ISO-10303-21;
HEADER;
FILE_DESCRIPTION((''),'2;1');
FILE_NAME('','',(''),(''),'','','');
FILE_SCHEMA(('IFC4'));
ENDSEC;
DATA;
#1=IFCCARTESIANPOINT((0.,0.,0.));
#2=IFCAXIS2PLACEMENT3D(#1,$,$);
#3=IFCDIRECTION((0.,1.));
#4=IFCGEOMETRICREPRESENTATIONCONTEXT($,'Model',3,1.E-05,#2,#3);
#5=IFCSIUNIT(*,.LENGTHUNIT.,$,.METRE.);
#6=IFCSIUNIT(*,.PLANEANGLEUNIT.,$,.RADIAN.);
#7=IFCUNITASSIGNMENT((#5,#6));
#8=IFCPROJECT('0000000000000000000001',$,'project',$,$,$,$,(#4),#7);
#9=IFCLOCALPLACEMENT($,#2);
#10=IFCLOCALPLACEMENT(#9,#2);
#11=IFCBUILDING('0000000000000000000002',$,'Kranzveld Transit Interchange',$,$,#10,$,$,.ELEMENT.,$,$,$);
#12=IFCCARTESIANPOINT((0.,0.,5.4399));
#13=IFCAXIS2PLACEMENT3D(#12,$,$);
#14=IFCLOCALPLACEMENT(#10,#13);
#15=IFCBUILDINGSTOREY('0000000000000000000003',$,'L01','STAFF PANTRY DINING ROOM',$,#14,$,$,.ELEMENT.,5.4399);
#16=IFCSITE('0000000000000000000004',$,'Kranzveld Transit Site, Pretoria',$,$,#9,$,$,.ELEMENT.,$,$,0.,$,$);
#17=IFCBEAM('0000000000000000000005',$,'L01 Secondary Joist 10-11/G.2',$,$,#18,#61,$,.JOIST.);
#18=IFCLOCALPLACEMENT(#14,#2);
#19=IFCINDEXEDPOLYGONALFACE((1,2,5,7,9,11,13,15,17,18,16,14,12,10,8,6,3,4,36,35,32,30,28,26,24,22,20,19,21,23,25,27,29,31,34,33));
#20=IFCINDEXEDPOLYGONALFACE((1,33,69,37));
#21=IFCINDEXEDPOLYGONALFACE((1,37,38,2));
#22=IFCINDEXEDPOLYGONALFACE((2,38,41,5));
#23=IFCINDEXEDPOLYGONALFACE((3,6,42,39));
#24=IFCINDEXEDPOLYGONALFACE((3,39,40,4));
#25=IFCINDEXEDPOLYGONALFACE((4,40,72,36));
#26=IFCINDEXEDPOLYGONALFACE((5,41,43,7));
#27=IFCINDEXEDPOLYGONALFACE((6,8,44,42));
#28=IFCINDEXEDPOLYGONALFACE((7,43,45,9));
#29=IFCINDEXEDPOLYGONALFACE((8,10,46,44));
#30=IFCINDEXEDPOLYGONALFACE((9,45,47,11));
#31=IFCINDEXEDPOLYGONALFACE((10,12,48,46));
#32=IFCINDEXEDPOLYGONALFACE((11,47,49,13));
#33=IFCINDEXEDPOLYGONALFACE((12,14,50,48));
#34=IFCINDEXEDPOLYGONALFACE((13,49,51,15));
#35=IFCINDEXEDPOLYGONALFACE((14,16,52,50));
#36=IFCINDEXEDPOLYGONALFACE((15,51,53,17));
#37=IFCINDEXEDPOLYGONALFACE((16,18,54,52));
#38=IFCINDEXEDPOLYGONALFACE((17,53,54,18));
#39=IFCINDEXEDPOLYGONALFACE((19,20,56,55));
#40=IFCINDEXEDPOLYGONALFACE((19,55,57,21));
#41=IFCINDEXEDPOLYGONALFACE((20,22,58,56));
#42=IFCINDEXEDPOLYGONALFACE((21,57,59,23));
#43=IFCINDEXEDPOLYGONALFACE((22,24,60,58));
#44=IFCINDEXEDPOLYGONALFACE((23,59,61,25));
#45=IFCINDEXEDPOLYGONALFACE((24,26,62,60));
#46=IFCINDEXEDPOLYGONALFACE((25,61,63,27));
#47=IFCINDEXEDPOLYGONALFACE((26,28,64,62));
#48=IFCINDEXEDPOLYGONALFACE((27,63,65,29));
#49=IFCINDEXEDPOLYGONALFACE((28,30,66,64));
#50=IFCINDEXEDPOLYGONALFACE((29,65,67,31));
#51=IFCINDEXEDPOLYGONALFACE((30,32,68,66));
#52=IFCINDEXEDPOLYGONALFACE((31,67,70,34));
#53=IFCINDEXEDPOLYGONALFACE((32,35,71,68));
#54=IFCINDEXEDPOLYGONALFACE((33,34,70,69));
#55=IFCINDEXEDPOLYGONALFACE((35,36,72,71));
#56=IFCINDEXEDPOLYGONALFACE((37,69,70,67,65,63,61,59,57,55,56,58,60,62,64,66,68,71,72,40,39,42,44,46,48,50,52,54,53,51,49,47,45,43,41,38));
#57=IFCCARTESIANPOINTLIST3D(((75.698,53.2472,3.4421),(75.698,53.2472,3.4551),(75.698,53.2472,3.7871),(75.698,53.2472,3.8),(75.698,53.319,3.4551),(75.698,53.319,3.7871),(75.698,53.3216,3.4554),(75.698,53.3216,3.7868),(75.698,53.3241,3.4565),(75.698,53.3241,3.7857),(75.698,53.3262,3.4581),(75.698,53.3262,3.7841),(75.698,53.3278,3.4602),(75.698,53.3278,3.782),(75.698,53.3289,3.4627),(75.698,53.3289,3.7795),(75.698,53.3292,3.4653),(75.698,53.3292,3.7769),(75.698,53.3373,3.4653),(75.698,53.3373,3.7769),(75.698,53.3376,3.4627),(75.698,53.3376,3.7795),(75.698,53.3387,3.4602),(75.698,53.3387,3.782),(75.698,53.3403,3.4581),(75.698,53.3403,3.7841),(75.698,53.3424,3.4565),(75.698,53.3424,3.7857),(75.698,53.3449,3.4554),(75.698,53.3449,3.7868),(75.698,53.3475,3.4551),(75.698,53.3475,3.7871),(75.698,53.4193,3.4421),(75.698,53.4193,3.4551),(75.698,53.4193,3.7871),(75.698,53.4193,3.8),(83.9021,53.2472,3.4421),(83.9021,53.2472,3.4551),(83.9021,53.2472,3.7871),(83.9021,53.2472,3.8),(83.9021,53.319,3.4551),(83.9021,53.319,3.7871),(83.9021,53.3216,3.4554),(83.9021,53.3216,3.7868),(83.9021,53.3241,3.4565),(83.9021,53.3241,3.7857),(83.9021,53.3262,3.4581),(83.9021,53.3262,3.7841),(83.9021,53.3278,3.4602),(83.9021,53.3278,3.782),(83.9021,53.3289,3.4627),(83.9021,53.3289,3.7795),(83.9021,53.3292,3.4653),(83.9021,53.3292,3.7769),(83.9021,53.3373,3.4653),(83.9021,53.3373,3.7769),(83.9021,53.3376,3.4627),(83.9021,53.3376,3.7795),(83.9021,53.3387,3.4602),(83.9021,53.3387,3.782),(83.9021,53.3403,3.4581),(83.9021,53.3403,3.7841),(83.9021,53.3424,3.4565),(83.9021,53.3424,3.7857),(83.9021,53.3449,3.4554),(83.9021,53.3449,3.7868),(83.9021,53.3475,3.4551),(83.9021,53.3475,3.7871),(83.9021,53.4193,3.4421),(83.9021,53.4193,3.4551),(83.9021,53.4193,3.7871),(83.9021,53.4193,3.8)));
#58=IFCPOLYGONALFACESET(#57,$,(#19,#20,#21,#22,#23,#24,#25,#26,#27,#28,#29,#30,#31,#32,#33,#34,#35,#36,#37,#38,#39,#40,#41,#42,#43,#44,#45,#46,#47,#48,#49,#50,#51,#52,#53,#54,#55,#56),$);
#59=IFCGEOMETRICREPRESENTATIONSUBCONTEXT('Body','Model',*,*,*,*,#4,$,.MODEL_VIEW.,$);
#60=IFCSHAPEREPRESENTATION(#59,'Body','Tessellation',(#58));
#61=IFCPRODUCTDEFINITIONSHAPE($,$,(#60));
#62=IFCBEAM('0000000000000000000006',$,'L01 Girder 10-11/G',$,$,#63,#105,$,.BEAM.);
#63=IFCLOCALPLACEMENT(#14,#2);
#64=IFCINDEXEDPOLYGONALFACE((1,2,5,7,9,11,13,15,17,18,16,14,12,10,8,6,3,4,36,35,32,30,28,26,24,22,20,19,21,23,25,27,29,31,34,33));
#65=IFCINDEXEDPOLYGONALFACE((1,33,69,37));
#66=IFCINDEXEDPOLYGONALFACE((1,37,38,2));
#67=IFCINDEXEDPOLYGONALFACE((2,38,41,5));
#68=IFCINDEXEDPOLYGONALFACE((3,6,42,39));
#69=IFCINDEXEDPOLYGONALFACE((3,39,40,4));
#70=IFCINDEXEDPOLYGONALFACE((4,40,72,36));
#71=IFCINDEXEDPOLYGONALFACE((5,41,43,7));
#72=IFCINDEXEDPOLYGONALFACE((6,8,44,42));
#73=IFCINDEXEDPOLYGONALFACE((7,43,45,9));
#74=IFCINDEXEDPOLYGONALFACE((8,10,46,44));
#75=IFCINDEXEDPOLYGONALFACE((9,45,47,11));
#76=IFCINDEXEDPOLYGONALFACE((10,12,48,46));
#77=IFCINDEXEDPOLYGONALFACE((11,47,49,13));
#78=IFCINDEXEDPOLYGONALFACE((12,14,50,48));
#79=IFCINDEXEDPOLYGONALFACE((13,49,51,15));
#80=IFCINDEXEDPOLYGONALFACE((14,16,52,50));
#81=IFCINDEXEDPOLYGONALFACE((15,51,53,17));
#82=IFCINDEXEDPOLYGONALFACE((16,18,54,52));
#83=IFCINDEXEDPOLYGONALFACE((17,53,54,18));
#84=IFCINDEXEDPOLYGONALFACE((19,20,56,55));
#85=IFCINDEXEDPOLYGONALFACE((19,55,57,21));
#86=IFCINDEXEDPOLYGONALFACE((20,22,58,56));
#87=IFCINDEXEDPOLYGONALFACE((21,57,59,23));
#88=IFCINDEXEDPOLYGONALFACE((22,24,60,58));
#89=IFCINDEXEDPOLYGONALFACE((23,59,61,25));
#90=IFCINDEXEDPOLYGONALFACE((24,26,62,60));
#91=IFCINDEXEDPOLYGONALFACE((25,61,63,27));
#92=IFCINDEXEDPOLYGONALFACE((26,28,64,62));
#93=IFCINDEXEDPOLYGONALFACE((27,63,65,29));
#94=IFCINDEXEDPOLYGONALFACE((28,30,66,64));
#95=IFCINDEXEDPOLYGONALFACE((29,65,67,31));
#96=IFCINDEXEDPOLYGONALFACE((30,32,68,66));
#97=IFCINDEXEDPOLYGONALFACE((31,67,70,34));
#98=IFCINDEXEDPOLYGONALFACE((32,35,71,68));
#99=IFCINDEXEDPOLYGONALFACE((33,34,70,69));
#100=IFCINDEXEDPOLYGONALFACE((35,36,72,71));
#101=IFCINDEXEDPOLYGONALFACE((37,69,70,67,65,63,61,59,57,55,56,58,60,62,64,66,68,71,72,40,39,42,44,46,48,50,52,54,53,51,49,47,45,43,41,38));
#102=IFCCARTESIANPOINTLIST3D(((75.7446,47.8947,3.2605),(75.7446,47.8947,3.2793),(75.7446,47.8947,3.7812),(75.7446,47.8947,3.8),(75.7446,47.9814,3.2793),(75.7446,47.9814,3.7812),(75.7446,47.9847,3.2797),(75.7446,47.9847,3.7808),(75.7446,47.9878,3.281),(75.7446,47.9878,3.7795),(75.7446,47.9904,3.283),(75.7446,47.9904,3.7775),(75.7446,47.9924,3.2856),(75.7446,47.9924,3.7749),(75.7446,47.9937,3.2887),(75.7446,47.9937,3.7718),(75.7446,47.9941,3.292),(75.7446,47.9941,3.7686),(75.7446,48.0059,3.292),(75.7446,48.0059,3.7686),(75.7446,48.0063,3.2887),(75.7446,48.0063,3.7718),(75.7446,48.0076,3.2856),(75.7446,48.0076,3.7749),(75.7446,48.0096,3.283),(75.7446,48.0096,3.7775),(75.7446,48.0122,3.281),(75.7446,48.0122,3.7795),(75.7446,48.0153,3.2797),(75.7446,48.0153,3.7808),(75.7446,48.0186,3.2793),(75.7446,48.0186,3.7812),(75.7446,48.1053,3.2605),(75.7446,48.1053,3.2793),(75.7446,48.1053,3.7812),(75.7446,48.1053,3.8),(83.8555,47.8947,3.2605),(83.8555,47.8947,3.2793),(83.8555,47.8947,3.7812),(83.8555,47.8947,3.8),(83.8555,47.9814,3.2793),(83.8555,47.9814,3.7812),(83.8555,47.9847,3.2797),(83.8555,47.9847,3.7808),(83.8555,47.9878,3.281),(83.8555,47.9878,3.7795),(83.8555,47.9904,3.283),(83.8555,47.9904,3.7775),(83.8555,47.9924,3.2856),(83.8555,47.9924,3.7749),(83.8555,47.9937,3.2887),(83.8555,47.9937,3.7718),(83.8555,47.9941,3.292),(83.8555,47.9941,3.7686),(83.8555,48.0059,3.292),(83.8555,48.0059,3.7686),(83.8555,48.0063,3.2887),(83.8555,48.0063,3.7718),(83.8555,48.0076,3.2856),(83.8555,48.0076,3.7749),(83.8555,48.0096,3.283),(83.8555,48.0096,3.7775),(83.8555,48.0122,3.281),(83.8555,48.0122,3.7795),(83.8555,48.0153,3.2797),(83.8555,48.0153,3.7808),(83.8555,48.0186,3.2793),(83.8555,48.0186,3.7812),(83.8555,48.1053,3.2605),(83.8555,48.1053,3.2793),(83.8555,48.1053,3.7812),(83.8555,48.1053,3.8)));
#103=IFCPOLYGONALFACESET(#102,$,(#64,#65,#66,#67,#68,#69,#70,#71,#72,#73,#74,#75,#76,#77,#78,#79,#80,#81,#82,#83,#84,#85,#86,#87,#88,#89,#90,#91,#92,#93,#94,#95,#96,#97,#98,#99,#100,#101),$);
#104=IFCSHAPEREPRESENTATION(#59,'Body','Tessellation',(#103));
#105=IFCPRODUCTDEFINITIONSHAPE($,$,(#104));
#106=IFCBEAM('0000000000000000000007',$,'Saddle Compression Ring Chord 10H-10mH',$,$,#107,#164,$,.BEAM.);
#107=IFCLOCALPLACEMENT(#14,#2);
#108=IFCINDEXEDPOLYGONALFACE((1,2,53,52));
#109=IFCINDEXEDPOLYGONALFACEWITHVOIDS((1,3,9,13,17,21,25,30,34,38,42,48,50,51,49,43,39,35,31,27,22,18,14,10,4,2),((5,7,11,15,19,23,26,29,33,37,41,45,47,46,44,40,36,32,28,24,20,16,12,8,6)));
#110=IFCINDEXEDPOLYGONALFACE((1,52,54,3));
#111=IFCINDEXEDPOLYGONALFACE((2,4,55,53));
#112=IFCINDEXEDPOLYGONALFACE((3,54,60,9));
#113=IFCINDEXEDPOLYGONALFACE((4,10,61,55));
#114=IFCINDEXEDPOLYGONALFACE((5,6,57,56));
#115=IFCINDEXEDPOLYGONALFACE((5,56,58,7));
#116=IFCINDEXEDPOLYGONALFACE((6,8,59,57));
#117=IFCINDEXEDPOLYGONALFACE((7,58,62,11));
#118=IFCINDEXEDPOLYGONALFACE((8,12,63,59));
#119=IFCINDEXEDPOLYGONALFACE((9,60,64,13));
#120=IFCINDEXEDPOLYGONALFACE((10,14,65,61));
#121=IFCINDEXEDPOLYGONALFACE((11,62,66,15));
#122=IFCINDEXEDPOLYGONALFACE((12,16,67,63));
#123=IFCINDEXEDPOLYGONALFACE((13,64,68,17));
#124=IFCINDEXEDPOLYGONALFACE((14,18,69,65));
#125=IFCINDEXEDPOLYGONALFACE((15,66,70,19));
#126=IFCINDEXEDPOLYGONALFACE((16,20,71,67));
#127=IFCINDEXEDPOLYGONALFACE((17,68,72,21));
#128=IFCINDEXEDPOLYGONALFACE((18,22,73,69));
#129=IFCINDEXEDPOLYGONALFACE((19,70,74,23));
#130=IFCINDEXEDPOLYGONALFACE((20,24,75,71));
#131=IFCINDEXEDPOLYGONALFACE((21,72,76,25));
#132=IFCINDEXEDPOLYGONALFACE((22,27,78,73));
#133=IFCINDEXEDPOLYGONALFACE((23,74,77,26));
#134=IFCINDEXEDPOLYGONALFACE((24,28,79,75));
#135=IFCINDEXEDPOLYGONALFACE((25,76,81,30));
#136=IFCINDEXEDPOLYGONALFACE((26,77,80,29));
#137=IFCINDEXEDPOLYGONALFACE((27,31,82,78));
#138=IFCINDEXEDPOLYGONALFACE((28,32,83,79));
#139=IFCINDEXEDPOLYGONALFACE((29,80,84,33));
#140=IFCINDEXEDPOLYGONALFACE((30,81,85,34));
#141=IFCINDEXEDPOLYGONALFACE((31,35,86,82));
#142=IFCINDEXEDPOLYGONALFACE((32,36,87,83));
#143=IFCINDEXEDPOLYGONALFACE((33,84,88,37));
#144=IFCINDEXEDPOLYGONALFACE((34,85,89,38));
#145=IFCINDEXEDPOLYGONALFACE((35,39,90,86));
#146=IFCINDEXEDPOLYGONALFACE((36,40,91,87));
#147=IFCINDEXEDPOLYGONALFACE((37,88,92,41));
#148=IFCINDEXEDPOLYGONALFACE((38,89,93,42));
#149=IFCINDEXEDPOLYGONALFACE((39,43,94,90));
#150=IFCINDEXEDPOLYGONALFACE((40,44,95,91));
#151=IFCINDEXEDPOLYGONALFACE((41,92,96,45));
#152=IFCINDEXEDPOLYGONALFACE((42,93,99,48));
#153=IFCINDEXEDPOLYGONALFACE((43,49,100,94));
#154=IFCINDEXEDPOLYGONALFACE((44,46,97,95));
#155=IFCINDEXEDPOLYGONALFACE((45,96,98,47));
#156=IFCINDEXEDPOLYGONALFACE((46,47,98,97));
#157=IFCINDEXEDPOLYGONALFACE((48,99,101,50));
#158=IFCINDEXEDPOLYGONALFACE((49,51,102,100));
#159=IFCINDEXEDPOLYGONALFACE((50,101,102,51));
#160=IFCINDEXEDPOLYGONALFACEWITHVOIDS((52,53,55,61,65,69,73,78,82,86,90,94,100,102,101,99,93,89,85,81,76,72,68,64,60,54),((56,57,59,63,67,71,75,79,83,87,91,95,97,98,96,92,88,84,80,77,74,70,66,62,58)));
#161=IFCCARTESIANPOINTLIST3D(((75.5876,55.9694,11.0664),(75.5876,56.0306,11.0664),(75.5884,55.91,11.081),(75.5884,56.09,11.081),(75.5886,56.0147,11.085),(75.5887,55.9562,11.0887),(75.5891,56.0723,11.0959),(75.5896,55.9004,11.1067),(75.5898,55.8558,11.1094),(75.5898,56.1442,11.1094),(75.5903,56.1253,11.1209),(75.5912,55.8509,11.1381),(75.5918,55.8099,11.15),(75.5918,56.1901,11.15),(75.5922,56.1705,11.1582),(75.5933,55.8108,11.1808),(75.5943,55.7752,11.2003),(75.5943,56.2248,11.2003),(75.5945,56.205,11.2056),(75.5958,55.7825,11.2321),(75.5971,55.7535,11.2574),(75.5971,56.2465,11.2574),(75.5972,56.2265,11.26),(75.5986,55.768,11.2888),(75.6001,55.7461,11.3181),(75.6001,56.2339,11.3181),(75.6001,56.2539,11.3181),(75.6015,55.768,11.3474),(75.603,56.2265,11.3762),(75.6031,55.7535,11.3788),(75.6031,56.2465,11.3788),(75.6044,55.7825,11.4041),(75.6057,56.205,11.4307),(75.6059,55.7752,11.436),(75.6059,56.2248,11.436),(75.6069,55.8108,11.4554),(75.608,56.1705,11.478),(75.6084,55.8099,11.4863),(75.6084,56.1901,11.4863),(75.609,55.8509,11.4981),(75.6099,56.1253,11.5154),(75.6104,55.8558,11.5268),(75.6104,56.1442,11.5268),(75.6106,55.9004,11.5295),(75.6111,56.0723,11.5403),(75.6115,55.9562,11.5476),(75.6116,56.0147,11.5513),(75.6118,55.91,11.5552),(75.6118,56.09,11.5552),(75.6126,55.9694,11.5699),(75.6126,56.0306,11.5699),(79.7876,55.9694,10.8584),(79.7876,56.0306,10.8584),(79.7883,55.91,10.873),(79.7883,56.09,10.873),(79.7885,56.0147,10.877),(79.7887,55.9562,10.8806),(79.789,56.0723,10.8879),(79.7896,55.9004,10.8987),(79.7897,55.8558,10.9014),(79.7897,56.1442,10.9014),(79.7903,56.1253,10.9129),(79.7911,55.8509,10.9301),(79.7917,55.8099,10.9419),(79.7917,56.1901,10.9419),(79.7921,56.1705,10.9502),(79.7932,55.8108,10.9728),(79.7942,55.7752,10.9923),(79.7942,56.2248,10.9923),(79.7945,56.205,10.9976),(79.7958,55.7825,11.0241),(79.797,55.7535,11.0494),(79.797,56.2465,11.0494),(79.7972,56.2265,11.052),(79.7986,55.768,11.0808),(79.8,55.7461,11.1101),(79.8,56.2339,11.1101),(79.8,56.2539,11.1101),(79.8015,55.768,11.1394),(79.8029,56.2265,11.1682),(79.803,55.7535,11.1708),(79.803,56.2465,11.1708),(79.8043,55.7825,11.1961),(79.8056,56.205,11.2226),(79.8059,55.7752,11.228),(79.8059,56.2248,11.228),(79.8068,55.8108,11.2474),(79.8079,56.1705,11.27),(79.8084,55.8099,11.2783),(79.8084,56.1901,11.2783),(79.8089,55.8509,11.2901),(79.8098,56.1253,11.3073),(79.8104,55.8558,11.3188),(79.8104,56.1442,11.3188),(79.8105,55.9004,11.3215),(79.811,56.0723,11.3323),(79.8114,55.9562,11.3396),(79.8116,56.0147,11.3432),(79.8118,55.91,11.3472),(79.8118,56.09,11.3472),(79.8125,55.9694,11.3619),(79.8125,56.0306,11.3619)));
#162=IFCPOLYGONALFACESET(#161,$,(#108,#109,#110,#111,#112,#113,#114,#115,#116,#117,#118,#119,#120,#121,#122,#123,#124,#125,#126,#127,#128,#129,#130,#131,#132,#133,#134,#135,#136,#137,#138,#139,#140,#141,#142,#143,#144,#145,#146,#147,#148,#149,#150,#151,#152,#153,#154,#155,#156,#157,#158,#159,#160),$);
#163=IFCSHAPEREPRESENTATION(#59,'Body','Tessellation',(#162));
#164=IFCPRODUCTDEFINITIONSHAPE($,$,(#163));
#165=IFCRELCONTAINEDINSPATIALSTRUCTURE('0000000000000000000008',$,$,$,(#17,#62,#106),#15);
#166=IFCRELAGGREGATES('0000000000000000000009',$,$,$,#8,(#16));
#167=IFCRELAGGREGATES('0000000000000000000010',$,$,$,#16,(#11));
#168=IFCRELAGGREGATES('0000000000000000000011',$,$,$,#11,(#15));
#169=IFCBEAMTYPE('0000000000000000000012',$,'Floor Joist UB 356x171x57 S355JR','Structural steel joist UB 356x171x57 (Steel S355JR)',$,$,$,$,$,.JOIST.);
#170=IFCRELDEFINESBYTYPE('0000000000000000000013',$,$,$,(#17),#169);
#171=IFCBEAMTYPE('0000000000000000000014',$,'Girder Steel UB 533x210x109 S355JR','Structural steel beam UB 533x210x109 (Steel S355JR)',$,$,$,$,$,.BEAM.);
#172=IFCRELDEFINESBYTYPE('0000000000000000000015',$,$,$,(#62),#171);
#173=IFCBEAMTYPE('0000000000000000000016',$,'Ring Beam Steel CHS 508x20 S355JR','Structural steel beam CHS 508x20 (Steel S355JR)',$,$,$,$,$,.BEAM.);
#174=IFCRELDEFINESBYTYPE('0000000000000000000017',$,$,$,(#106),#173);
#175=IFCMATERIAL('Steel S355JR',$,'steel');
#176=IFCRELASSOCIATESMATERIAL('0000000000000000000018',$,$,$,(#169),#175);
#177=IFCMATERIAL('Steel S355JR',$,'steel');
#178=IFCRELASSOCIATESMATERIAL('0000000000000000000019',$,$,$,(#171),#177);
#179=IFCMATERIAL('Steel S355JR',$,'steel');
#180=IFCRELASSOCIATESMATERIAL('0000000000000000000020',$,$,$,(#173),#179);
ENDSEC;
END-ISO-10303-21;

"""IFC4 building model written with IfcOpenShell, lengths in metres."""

from ifc_helpers import new_model, si_unit, direction, frame, origin, origin_2d, place, context, subcontext, project, spatial, hollow_circle, i_section, extrude, material, material_profile, profile_set, type_object, element, save


model = new_model("IFC4")

# Units and contexts
model_context = context("Model", 3, precision=1e-05, world=origin(), true_north=direction((0.0, 1.0)))
body_context = subcontext(model_context, "Body", "Model", "MODEL_VIEW")
ifc_project = project(units=[si_unit("LENGTHUNIT", "METRE"), si_unit("PLANEANGLEUNIT", "RADIAN")], contexts=[model_context])

# Site, building, storey
site_placement = place(None, origin())
site = spatial("IfcSite", under=ifc_project, at=site_placement, Name="Kranzveld Transit Site, Pretoria", CompositionType="ELEMENT", RefElevation=0.0)
building_placement = place(site_placement, origin())
building = spatial("IfcBuilding", under=site, at=building_placement, Name="Kranzveld Transit Interchange", CompositionType="ELEMENT")
storey_placement = place(building_placement, frame((0.0, 0.0, 5.4399)))
storey = spatial("IfcBuildingStorey", under=building, at=storey_placement, Name="L01", Description="STAFF PANTRY DINING ROOM", CompositionType="ELEMENT", Elevation=5.4399)

# Beams
ifc_material_1 = material(Name="Steel S355JR", Category="steel")
ifc_material_profile_1 = material_profile(ifc_material_1, i_section(OverallWidth=0.1721, OverallDepth=0.3579, WebThickness=0.0081, FlangeThickness=0.0129, FilletRadius=0.0103, at=origin_2d()), Name="UB 356x171x57")
ifc_profile_set_1 = profile_set([ifc_material_profile_1], Name="Steel S355JR")
beam_type_1 = type_object("IfcBeamType", Name="Floor Joist UB 356x171x57 S355JR", Description="Structural steel joist UB 356x171x57 (Steel S355JR)", PredefinedType="JOIST", material=ifc_profile_set_1)
for number, where, z_axis, x_axis, name in (
    (1, (75.698, 53.3333, 3.6211), (1.0, 0.0, 0.0), (0.0, 1.0, 0.0), "L01 Secondary Joist 10-11/G.2"),
):
    element("IfcBeam", number, at=place(storey_placement, frame(where, z_axis=z_axis, x_axis=x_axis)), inside=storey, type_object=beam_type_1, Name=name, PredefinedType="JOIST", context=body_context, shape_type="SweptSolid", body=[
        extrude(i_section(OverallWidth=0.1721, OverallDepth=0.3579, WebThickness=0.0081, FlangeThickness=0.0129, FilletRadius=0.0103, at=origin_2d()), origin(), (0.0, 0.0, 1.0), 8.2041),
    ])
ifc_material_2 = material(Name="Steel S355JR", Category="steel")
ifc_material_profile_2 = material_profile(ifc_material_2, i_section(OverallWidth=0.2107, OverallDepth=0.5396, WebThickness=0.0117, FlangeThickness=0.0188, FilletRadius=0.0127, at=origin_2d()), Name="UB 533x210x109")
ifc_profile_set_2 = profile_set([ifc_material_profile_2], Name="Steel S355JR")
beam_type_2 = type_object("IfcBeamType", Name="Girder Steel UB 533x210x109 S355JR", Description="Structural steel beam UB 533x210x109 (Steel S355JR)", PredefinedType="BEAM", material=ifc_profile_set_2)
beam_1_placement = place(storey_placement, frame((75.7446, 48.0, 3.5303), z_axis=(1.0, 0.0, 0.0), x_axis=(0.0, 1.0, 0.0)))
element("IfcBeam", 2, at=beam_1_placement, inside=storey, type_object=beam_type_2, Name="L01 Girder 10-11/G", PredefinedType="BEAM", context=body_context, shape_type="SweptSolid", body=[
    extrude(i_section(OverallWidth=0.2107, OverallDepth=0.5396, WebThickness=0.0117, FlangeThickness=0.0188, FilletRadius=0.0127, at=origin_2d()), origin(), (0.0, 0.0, 1.0), 8.1108),
])
ifc_material_3 = material(Name="Steel S355JR", Category="steel")
ifc_material_profile_3 = material_profile(ifc_material_3, hollow_circle(Radius=0.2539, WallThickness=0.02, at=origin_2d()), Name="CHS 508x20")
ifc_profile_set_3 = profile_set([ifc_material_profile_3], Name="Steel S355JR")
beam_type_3 = type_object("IfcBeamType", Name="Ring Beam Steel CHS 508x20 S355JR", Description="Structural steel beam CHS 508x20 (Steel S355JR)", PredefinedType="BEAM", material=ifc_profile_set_3)
for number, where, z_axis, x_axis, name in (
    (3, (75.6001, 56.0, 11.3181), (0.998776, 0.0, -0.049466), (0.0, 1.0, 0.0), "Saddle Compression Ring Chord 10H-10mH"),
):
    element("IfcBeam", number, at=place(storey_placement, frame(where, z_axis=z_axis, x_axis=x_axis)), inside=storey, type_object=beam_type_3, Name=name, PredefinedType="BEAM", context=body_context, shape_type="SweptSolid", body=[
        extrude(hollow_circle(Radius=0.2539, WallThickness=0.02, at=origin_2d()), origin(), (0.0, 0.0, 1.0), 4.2051),
    ])

save(model, "model.ifc")
